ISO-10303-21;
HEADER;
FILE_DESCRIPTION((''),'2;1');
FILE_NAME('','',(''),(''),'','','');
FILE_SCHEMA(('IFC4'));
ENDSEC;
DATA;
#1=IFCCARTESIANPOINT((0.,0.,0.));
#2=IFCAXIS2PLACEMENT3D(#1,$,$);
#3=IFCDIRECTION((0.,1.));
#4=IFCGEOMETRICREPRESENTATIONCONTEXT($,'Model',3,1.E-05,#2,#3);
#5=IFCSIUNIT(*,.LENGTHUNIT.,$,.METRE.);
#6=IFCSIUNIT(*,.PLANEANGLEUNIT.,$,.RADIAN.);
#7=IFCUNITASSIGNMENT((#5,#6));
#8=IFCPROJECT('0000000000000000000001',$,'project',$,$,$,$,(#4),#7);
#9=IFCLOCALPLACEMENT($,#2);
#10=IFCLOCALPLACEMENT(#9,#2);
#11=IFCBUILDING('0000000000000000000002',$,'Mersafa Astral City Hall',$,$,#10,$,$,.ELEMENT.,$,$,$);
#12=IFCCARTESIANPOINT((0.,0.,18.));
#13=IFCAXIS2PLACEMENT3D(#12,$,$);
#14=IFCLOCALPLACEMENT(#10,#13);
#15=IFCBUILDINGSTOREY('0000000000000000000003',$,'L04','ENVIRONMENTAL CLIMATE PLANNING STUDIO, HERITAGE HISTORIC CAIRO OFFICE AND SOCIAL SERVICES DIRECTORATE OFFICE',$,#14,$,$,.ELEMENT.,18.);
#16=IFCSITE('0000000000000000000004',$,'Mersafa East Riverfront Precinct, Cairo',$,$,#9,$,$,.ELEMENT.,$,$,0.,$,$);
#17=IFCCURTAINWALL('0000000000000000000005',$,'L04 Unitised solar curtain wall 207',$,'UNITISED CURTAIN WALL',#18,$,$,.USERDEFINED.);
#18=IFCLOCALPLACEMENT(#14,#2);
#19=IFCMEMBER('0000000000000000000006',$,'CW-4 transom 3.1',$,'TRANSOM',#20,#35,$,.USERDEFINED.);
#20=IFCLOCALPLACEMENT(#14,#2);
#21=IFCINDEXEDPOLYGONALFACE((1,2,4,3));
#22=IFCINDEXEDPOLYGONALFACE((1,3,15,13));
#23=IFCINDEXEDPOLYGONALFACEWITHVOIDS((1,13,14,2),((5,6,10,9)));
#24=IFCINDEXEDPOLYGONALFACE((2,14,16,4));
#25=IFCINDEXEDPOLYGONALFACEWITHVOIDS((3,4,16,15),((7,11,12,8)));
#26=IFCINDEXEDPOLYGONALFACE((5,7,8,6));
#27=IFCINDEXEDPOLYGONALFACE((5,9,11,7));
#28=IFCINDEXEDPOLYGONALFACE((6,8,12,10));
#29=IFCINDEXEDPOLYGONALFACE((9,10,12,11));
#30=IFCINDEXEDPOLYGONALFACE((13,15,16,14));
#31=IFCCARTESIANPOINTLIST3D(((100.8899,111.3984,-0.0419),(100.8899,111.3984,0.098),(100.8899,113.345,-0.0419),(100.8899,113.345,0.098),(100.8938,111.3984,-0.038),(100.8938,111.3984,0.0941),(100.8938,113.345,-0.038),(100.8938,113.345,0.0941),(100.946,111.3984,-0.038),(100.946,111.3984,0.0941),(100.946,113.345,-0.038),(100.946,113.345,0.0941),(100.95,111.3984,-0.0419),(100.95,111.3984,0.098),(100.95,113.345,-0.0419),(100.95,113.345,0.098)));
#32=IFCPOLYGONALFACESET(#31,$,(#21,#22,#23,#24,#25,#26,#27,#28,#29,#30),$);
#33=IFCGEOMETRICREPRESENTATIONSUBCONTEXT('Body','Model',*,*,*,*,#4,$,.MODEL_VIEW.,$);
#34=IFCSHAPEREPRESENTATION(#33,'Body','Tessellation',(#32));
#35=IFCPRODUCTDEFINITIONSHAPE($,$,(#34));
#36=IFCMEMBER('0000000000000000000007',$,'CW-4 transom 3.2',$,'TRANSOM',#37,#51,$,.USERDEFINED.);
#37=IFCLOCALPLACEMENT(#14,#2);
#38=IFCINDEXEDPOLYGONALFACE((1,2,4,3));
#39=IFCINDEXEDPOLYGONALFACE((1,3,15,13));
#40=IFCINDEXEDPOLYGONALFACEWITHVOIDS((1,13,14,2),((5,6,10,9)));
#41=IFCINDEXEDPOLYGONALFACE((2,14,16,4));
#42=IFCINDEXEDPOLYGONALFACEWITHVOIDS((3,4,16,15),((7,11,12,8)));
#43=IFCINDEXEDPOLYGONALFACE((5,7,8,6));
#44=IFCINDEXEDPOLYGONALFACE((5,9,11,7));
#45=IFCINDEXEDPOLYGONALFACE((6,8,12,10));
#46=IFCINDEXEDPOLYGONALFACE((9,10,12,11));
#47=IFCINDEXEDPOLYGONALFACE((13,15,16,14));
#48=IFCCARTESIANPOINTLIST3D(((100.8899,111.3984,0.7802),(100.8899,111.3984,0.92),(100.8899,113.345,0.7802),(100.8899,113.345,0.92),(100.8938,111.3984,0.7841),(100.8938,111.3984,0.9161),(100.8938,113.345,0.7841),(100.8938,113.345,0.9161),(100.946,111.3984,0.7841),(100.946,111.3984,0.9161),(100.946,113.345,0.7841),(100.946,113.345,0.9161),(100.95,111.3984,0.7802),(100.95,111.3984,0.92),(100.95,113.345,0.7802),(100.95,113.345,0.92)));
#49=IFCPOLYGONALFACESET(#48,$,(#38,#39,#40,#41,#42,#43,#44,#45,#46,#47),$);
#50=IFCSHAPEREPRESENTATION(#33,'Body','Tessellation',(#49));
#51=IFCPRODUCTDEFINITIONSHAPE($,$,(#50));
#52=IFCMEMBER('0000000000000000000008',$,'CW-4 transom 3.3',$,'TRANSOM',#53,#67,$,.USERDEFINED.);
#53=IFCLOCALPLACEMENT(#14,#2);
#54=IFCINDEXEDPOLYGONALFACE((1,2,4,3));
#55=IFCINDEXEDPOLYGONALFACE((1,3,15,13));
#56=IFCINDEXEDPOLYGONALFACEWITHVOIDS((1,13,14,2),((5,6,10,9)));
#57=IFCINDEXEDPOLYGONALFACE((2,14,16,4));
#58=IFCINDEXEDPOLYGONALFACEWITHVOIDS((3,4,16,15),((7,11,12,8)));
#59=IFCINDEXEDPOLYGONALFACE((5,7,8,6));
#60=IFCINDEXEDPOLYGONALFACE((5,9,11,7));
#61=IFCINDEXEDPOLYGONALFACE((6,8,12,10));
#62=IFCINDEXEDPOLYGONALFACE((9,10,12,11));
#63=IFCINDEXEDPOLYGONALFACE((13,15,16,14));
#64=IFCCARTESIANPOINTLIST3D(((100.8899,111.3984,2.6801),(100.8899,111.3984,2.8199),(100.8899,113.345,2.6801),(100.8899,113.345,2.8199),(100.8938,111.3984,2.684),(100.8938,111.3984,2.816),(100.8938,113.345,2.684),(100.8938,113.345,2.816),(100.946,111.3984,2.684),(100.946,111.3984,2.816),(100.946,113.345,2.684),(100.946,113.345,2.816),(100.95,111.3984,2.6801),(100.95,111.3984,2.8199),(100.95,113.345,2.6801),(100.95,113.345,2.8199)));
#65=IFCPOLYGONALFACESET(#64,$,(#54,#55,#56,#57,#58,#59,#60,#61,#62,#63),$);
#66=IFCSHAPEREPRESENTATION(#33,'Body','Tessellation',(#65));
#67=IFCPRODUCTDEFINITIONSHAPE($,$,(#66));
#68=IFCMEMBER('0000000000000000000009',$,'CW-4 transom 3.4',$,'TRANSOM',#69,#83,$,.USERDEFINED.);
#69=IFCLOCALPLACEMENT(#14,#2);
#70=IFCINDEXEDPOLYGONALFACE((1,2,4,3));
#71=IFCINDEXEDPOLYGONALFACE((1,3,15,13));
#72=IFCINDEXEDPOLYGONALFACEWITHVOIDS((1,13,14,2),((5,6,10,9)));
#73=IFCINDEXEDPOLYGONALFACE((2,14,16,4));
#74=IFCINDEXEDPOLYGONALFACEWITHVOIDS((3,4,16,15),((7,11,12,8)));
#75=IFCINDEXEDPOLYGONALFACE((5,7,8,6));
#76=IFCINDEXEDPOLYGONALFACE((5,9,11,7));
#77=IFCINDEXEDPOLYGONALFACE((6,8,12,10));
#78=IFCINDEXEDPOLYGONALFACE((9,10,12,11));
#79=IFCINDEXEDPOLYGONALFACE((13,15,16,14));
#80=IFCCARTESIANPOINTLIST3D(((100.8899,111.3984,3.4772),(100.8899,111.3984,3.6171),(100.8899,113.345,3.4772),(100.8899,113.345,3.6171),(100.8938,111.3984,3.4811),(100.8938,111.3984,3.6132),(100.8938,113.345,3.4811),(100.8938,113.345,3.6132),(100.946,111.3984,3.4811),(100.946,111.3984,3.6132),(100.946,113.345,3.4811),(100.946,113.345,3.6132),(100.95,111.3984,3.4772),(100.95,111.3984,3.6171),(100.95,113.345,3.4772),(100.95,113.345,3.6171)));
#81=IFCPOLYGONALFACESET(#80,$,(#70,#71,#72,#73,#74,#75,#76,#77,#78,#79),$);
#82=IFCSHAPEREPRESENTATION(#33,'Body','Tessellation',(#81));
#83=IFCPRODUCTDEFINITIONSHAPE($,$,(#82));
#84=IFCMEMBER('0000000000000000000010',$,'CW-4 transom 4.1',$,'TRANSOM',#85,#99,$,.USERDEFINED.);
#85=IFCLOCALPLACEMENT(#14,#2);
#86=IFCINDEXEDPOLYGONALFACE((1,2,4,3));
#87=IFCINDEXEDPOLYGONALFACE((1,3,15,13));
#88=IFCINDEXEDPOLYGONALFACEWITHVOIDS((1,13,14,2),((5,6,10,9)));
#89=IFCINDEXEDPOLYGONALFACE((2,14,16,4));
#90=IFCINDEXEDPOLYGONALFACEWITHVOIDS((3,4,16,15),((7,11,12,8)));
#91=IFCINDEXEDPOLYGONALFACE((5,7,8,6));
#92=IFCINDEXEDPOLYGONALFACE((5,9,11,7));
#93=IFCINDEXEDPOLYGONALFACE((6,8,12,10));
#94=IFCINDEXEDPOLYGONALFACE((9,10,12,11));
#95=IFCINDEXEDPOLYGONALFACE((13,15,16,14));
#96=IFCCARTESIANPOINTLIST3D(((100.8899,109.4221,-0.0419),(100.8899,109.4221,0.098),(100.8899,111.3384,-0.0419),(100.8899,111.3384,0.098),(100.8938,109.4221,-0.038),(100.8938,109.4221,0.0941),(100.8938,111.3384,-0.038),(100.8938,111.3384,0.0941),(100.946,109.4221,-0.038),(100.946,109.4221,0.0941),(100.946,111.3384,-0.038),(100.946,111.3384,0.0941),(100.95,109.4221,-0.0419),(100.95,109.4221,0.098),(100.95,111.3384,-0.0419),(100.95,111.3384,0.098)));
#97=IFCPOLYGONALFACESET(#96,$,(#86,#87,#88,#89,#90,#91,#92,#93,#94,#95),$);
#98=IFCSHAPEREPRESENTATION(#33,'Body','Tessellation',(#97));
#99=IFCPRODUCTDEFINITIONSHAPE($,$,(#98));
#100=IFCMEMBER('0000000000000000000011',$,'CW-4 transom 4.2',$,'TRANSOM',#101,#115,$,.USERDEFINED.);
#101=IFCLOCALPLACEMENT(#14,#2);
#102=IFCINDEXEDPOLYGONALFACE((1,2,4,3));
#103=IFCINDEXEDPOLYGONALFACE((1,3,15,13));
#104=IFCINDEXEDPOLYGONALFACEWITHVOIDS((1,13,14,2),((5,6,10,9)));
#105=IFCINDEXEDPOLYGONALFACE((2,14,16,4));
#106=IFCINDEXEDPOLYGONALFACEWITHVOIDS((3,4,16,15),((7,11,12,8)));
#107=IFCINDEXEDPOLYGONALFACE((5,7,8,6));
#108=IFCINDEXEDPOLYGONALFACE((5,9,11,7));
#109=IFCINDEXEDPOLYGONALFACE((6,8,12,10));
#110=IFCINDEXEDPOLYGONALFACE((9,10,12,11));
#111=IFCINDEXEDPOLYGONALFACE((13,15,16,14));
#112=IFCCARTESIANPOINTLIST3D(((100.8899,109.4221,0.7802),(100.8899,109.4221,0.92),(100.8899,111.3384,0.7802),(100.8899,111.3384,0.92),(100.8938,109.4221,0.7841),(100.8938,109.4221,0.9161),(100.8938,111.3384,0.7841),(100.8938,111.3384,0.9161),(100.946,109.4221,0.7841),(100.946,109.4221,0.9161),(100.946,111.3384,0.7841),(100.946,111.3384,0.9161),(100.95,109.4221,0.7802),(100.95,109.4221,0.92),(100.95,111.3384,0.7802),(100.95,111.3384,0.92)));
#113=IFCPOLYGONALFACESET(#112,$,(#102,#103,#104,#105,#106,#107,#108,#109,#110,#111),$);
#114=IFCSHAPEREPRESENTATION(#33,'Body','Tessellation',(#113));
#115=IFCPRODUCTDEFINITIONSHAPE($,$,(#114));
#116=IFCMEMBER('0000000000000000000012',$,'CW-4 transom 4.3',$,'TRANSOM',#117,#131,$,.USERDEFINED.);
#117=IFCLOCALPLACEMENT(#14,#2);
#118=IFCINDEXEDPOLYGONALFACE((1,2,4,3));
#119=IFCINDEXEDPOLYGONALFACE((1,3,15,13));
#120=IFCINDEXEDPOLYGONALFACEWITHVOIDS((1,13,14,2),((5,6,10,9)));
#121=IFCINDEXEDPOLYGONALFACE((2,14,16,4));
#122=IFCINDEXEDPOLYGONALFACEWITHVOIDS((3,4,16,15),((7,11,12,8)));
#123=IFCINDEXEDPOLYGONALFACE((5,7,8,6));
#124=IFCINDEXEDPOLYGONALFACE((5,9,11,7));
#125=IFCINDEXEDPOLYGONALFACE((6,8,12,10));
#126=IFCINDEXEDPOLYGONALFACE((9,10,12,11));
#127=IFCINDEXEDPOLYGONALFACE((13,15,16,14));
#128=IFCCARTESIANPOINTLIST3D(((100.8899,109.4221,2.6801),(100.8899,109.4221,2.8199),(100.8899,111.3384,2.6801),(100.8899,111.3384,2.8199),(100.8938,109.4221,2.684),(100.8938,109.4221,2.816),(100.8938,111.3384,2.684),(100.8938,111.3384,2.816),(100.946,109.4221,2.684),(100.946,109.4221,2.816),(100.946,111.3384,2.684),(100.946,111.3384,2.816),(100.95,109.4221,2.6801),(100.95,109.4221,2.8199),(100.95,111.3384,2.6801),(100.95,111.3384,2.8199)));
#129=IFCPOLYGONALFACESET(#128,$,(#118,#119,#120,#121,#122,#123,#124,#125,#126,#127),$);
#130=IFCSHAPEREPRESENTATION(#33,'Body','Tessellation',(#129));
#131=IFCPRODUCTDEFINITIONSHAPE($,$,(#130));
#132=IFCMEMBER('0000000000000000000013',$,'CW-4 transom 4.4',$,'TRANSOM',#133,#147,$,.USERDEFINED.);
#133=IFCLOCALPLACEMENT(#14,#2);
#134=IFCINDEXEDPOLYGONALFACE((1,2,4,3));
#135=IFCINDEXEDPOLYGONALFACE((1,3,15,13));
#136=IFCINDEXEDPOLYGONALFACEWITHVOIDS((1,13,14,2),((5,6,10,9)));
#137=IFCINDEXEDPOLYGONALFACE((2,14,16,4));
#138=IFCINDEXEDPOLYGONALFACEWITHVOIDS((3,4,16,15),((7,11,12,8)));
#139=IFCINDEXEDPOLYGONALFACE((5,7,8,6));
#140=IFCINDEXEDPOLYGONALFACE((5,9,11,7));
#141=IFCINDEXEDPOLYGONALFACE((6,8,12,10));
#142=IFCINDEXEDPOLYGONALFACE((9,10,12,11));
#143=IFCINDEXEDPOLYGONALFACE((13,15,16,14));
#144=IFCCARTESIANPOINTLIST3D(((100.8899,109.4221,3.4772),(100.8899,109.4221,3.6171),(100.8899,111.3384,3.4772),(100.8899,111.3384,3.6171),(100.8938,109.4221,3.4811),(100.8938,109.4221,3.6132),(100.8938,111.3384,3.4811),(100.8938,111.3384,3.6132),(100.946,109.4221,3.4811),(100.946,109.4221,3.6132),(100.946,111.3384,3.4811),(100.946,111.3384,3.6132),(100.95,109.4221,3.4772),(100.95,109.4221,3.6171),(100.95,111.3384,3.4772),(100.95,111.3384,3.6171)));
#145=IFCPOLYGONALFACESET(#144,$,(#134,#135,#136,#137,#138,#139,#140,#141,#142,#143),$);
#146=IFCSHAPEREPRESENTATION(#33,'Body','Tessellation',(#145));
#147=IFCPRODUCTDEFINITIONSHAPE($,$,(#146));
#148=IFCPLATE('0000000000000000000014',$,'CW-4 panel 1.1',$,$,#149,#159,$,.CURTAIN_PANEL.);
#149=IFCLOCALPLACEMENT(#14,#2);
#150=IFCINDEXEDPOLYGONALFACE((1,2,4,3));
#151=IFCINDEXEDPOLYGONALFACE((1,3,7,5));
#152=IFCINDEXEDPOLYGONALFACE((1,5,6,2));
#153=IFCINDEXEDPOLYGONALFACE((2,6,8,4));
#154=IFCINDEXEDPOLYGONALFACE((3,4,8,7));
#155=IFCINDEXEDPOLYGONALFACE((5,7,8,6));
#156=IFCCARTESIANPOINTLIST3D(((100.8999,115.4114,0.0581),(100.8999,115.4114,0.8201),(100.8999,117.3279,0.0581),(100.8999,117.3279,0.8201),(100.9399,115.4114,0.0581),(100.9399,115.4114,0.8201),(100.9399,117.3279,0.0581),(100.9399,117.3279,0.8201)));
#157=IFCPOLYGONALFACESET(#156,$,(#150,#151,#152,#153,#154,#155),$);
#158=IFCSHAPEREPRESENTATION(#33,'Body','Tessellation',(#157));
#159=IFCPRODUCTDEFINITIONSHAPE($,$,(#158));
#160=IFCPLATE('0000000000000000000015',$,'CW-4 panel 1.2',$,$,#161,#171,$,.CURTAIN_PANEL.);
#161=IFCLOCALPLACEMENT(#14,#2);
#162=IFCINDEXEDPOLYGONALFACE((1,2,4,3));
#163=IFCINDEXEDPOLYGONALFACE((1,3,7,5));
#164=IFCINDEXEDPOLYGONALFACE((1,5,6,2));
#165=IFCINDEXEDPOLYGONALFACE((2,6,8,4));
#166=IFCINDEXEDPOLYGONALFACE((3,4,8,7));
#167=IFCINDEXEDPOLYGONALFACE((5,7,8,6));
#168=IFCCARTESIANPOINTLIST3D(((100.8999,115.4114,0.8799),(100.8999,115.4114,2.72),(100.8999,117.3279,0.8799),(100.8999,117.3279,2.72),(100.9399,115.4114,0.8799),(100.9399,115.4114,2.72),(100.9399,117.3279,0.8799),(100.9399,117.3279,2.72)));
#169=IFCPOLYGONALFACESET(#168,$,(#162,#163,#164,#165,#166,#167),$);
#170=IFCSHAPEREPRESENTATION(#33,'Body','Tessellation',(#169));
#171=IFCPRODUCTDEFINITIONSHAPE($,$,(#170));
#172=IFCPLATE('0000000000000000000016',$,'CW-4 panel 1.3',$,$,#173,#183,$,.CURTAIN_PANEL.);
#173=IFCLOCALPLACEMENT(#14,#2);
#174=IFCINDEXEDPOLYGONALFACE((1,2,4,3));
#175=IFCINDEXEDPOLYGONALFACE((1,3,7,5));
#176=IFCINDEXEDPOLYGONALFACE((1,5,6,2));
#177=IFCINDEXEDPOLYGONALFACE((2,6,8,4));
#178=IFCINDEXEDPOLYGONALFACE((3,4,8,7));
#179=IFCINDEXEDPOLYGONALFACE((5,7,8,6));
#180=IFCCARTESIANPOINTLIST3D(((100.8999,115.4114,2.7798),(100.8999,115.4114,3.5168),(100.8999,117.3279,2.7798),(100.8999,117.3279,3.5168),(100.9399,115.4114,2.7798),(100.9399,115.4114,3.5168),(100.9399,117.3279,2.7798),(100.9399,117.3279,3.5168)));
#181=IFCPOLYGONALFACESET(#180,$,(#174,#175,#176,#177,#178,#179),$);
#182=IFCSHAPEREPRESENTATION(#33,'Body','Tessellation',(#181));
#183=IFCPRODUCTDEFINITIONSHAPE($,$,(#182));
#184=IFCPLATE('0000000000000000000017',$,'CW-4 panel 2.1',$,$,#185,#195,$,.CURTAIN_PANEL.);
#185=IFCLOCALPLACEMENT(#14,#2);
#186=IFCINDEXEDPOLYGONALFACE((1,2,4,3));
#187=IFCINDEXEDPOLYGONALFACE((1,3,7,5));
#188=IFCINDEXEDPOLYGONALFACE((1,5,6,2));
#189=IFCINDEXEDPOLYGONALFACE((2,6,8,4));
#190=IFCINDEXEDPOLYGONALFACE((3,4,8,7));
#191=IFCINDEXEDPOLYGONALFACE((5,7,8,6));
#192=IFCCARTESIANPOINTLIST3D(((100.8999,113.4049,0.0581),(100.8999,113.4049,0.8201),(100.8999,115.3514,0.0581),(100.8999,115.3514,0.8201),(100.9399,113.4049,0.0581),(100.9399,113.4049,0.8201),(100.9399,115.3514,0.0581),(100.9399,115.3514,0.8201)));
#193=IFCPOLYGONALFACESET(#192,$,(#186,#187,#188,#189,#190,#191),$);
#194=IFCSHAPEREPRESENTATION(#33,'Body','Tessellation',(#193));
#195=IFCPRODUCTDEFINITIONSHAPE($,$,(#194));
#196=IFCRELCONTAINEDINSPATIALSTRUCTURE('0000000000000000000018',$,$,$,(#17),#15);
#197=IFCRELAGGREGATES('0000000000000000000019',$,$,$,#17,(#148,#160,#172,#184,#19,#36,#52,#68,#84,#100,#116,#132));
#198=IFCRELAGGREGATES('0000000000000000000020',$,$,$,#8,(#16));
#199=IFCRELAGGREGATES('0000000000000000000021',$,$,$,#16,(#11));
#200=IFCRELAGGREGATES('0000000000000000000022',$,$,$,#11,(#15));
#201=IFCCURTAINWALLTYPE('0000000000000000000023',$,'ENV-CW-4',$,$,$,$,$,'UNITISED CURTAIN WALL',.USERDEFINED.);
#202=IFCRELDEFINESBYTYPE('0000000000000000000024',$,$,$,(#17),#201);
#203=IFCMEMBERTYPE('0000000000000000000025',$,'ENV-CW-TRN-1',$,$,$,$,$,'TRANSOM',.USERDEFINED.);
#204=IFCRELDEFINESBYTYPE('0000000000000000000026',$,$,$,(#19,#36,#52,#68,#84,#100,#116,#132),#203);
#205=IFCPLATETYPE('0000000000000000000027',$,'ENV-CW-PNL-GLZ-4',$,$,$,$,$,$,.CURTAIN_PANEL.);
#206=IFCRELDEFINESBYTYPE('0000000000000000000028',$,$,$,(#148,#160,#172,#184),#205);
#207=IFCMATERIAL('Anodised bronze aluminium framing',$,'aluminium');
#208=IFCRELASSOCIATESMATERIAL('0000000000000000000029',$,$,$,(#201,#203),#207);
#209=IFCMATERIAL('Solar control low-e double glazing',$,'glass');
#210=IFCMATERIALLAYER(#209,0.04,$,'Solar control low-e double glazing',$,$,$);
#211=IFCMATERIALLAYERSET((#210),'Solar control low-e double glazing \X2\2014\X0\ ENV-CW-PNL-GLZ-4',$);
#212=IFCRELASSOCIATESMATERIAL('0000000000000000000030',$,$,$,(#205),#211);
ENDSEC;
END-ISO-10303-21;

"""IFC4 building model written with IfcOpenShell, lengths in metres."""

from ifc_helpers import new_model, si_unit, direction, frame, origin, origin_2d, place, context, subcontext, project, spatial, rectangle, hollow_rectangle, extrude, material, layer, layer_set, material_profile, profile_set, type_object, element, aggregate, save


model = new_model("IFC4")

# Units and contexts
model_context = context("Model", 3, precision=1e-05, world=origin(), true_north=direction((0.0, 1.0)))
body_context = subcontext(model_context, "Body", "Model", "MODEL_VIEW")
ifc_project = project(units=[si_unit("LENGTHUNIT", "METRE"), si_unit("PLANEANGLEUNIT", "RADIAN")], contexts=[model_context])

# Site, building, storey
site_placement = place(None, origin())
site = spatial("IfcSite", under=ifc_project, at=site_placement, Name="Mersafa East Riverfront Precinct, Cairo", CompositionType="ELEMENT", RefElevation=0.0)
building_placement = place(site_placement, origin())
building = spatial("IfcBuilding", under=site, at=building_placement, Name="Mersafa Astral City Hall", CompositionType="ELEMENT")
storey_placement = place(building_placement, frame((0.0, 0.0, 18.0)))
storey = spatial("IfcBuildingStorey", under=building, at=storey_placement, Name="L04", Description="ENVIRONMENTAL CLIMATE PLANNING STUDIO, HERITAGE HISTORIC CAIRO OFFICE AND SOCIAL SERVICES DIRECTORATE OFFICE", CompositionType="ELEMENT", Elevation=18.0)

# Curtain wall, members, plates
ifc_material_1 = material(Name="Anodised bronze aluminium framing", Category="aluminium")
curtain_wall_type = type_object("IfcCurtainWallType", Name="ENV-CW-4", ElementType="UNITISED CURTAIN WALL", PredefinedType="USERDEFINED", material=ifc_material_1)
curtain_wall_placement = place(storey_placement, origin())
curtain_wall = element("IfcCurtainWall", 1, at=curtain_wall_placement, inside=storey, type_object=curtain_wall_type, Name="L04 Unitised solar curtain wall 207", ObjectType="UNITISED CURTAIN WALL", PredefinedType="USERDEFINED")
ifc_material_profile_1 = material_profile(ifc_material_1, hollow_rectangle(XDim=0.0601, YDim=0.1399, WallThickness=0.0039, at=origin_2d()), Name="RHS 60x140x4")
ifc_profile_set_1 = profile_set([ifc_material_profile_1], Name="Anodised bronze aluminium framing")
member_type_1 = type_object("IfcMemberType", Name="ENV-CW-TRN-1", ElementType="TRANSOM", PredefinedType="USERDEFINED", material=ifc_profile_set_1)
member_1_placement = place(storey_placement, frame((100.9199, 113.345, 0.0281), z_axis=(0.0, -1.0, 0.0), x_axis=(1.0, 0.0, 0.0)))
member_1 = element("IfcMember", 2, at=member_1_placement, type_object=member_type_1, Name="CW-4 transom 3.1", ObjectType="TRANSOM", PredefinedType="USERDEFINED", context=body_context, shape_type="SweptSolid", body=[
    extrude(hollow_rectangle(XDim=0.0601, YDim=0.1399, WallThickness=0.0039, at=origin_2d()), origin(), (0.0, 0.0, 1.0), 1.9465),
])
member_2_placement = place(storey_placement, frame((100.9199, 113.345, 0.8501), z_axis=(0.0, -1.0, 0.0), x_axis=(1.0, 0.0, 0.0)))
member_2 = element("IfcMember", 3, at=member_2_placement, type_object=member_type_1, Name="CW-4 transom 3.2", ObjectType="TRANSOM", PredefinedType="USERDEFINED", context=body_context, shape_type="SweptSolid", body=[
    extrude(hollow_rectangle(XDim=0.0601, YDim=0.1399, WallThickness=0.0039, at=origin_2d()), origin(), (0.0, 0.0, 1.0), 1.9465),
])
member_3_placement = place(storey_placement, frame((100.9199, 113.345, 2.75), z_axis=(0.0, -1.0, 0.0), x_axis=(1.0, 0.0, 0.0)))
member_3 = element("IfcMember", 4, at=member_3_placement, type_object=member_type_1, Name="CW-4 transom 3.3", ObjectType="TRANSOM", PredefinedType="USERDEFINED", context=body_context, shape_type="SweptSolid", body=[
    extrude(hollow_rectangle(XDim=0.0601, YDim=0.1399, WallThickness=0.0039, at=origin_2d()), origin(), (0.0, 0.0, 1.0), 1.9465),
])
member_4_placement = place(storey_placement, frame((100.9199, 113.345, 3.5471), z_axis=(0.0, -1.0, 0.0), x_axis=(1.0, 0.0, 0.0)))
member_4 = element("IfcMember", 5, at=member_4_placement, type_object=member_type_1, Name="CW-4 transom 3.4", ObjectType="TRANSOM", PredefinedType="USERDEFINED", context=body_context, shape_type="SweptSolid", body=[
    extrude(hollow_rectangle(XDim=0.0601, YDim=0.1399, WallThickness=0.0039, at=origin_2d()), origin(), (0.0, 0.0, 1.0), 1.9465),
])
member_5_placement = place(storey_placement, frame((100.9199, 111.3384, 0.0281), z_axis=(0.0, -1.0, 0.0), x_axis=(1.0, 0.0, 0.0)))
member_5 = element("IfcMember", 6, at=member_5_placement, type_object=member_type_1, Name="CW-4 transom 4.1", ObjectType="TRANSOM", PredefinedType="USERDEFINED", context=body_context, shape_type="SweptSolid", body=[
    extrude(hollow_rectangle(XDim=0.0601, YDim=0.1399, WallThickness=0.0039, at=origin_2d()), origin(), (0.0, 0.0, 1.0), 1.9163),
])
member_6_placement = place(storey_placement, frame((100.9199, 111.3384, 0.8501), z_axis=(0.0, -1.0, 0.0), x_axis=(1.0, 0.0, 0.0)))
member_6 = element("IfcMember", 7, at=member_6_placement, type_object=member_type_1, Name="CW-4 transom 4.2", ObjectType="TRANSOM", PredefinedType="USERDEFINED", context=body_context, shape_type="SweptSolid", body=[
    extrude(hollow_rectangle(XDim=0.0601, YDim=0.1399, WallThickness=0.0039, at=origin_2d()), origin(), (0.0, 0.0, 1.0), 1.9163),
])
member_7_placement = place(storey_placement, frame((100.9199, 111.3384, 2.75), z_axis=(0.0, -1.0, 0.0), x_axis=(1.0, 0.0, 0.0)))
member_7 = element("IfcMember", 8, at=member_7_placement, type_object=member_type_1, Name="CW-4 transom 4.3", ObjectType="TRANSOM", PredefinedType="USERDEFINED", context=body_context, shape_type="SweptSolid", body=[
    extrude(hollow_rectangle(XDim=0.0601, YDim=0.1399, WallThickness=0.0039, at=origin_2d()), origin(), (0.0, 0.0, 1.0), 1.9163),
])
member_8_placement = place(storey_placement, frame((100.9199, 111.3384, 3.5471), z_axis=(0.0, -1.0, 0.0), x_axis=(1.0, 0.0, 0.0)))
member_8 = element("IfcMember", 9, at=member_8_placement, type_object=member_type_1, Name="CW-4 transom 4.4", ObjectType="TRANSOM", PredefinedType="USERDEFINED", context=body_context, shape_type="SweptSolid", body=[
    extrude(hollow_rectangle(XDim=0.0601, YDim=0.1399, WallThickness=0.0039, at=origin_2d()), origin(), (0.0, 0.0, 1.0), 1.9163),
])
ifc_material_2 = material(Name="Solar control low-e double glazing", Category="glass")
ifc_layer = layer(ifc_material_2, 0.04, Name="Solar control low-e double glazing")
ifc_layer_set = layer_set([ifc_layer], Name="Solar control low-e double glazing — ENV-CW-PNL-GLZ-4")
plate_type = type_object("IfcPlateType", Name="ENV-CW-PNL-GLZ-4", PredefinedType="CURTAIN_PANEL", material=ifc_layer_set)
plate_1_placement = place(storey_placement, frame((100.9199, 116.3696, 0.0581), z_axis=(0.0, 0.0, 1.0), x_axis=(0.0, -1.0, 0.0)))
plate_1 = element("IfcPlate", 10, at=plate_1_placement, type_object=plate_type, Name="CW-4 panel 1.1", PredefinedType="CURTAIN_PANEL", context=body_context, shape_type="SweptSolid", body=[
    extrude(rectangle(XDim=1.9165, YDim=0.04, at=origin_2d()), origin(), (0.0, 0.0, 1.0), 0.762),
])
plate_2_placement = place(storey_placement, frame((100.9199, 116.3696, 0.8799), z_axis=(0.0, 0.0, 1.0), x_axis=(0.0, -1.0, 0.0)))
plate_2 = element("IfcPlate", 11, at=plate_2_placement, type_object=plate_type, Name="CW-4 panel 1.2", PredefinedType="CURTAIN_PANEL", context=body_context, shape_type="SweptSolid", body=[
    extrude(rectangle(XDim=1.9165, YDim=0.04, at=origin_2d()), origin(), (0.0, 0.0, 1.0), 1.8401),
])
plate_3_placement = place(storey_placement, frame((100.9199, 116.3696, 2.7798), z_axis=(0.0, 0.0, 1.0), x_axis=(0.0, -1.0, 0.0)))
plate_3 = element("IfcPlate", 12, at=plate_3_placement, type_object=plate_type, Name="CW-4 panel 1.3", PredefinedType="CURTAIN_PANEL", context=body_context, shape_type="SweptSolid", body=[
    extrude(rectangle(XDim=1.9165, YDim=0.04, at=origin_2d()), origin(), (0.0, 0.0, 1.0), 0.7371),
])
plate_4_placement = place(storey_placement, frame((100.9199, 114.3782, 0.0581), z_axis=(0.0, 0.0, 1.0), x_axis=(0.0, -1.0, 0.0)))
plate_4 = element("IfcPlate", 13, at=plate_4_placement, type_object=plate_type, Name="CW-4 panel 2.1", PredefinedType="CURTAIN_PANEL", context=body_context, shape_type="SweptSolid", body=[
    extrude(rectangle(XDim=1.9465, YDim=0.04, at=origin_2d()), origin(), (0.0, 0.0, 1.0), 0.762),
])
aggregate(curtain_wall, [plate_1, plate_2, plate_3, plate_4, member_1, member_2, member_3, member_4, member_5, member_6, member_7, member_8])

save(model, "model.ifc")
